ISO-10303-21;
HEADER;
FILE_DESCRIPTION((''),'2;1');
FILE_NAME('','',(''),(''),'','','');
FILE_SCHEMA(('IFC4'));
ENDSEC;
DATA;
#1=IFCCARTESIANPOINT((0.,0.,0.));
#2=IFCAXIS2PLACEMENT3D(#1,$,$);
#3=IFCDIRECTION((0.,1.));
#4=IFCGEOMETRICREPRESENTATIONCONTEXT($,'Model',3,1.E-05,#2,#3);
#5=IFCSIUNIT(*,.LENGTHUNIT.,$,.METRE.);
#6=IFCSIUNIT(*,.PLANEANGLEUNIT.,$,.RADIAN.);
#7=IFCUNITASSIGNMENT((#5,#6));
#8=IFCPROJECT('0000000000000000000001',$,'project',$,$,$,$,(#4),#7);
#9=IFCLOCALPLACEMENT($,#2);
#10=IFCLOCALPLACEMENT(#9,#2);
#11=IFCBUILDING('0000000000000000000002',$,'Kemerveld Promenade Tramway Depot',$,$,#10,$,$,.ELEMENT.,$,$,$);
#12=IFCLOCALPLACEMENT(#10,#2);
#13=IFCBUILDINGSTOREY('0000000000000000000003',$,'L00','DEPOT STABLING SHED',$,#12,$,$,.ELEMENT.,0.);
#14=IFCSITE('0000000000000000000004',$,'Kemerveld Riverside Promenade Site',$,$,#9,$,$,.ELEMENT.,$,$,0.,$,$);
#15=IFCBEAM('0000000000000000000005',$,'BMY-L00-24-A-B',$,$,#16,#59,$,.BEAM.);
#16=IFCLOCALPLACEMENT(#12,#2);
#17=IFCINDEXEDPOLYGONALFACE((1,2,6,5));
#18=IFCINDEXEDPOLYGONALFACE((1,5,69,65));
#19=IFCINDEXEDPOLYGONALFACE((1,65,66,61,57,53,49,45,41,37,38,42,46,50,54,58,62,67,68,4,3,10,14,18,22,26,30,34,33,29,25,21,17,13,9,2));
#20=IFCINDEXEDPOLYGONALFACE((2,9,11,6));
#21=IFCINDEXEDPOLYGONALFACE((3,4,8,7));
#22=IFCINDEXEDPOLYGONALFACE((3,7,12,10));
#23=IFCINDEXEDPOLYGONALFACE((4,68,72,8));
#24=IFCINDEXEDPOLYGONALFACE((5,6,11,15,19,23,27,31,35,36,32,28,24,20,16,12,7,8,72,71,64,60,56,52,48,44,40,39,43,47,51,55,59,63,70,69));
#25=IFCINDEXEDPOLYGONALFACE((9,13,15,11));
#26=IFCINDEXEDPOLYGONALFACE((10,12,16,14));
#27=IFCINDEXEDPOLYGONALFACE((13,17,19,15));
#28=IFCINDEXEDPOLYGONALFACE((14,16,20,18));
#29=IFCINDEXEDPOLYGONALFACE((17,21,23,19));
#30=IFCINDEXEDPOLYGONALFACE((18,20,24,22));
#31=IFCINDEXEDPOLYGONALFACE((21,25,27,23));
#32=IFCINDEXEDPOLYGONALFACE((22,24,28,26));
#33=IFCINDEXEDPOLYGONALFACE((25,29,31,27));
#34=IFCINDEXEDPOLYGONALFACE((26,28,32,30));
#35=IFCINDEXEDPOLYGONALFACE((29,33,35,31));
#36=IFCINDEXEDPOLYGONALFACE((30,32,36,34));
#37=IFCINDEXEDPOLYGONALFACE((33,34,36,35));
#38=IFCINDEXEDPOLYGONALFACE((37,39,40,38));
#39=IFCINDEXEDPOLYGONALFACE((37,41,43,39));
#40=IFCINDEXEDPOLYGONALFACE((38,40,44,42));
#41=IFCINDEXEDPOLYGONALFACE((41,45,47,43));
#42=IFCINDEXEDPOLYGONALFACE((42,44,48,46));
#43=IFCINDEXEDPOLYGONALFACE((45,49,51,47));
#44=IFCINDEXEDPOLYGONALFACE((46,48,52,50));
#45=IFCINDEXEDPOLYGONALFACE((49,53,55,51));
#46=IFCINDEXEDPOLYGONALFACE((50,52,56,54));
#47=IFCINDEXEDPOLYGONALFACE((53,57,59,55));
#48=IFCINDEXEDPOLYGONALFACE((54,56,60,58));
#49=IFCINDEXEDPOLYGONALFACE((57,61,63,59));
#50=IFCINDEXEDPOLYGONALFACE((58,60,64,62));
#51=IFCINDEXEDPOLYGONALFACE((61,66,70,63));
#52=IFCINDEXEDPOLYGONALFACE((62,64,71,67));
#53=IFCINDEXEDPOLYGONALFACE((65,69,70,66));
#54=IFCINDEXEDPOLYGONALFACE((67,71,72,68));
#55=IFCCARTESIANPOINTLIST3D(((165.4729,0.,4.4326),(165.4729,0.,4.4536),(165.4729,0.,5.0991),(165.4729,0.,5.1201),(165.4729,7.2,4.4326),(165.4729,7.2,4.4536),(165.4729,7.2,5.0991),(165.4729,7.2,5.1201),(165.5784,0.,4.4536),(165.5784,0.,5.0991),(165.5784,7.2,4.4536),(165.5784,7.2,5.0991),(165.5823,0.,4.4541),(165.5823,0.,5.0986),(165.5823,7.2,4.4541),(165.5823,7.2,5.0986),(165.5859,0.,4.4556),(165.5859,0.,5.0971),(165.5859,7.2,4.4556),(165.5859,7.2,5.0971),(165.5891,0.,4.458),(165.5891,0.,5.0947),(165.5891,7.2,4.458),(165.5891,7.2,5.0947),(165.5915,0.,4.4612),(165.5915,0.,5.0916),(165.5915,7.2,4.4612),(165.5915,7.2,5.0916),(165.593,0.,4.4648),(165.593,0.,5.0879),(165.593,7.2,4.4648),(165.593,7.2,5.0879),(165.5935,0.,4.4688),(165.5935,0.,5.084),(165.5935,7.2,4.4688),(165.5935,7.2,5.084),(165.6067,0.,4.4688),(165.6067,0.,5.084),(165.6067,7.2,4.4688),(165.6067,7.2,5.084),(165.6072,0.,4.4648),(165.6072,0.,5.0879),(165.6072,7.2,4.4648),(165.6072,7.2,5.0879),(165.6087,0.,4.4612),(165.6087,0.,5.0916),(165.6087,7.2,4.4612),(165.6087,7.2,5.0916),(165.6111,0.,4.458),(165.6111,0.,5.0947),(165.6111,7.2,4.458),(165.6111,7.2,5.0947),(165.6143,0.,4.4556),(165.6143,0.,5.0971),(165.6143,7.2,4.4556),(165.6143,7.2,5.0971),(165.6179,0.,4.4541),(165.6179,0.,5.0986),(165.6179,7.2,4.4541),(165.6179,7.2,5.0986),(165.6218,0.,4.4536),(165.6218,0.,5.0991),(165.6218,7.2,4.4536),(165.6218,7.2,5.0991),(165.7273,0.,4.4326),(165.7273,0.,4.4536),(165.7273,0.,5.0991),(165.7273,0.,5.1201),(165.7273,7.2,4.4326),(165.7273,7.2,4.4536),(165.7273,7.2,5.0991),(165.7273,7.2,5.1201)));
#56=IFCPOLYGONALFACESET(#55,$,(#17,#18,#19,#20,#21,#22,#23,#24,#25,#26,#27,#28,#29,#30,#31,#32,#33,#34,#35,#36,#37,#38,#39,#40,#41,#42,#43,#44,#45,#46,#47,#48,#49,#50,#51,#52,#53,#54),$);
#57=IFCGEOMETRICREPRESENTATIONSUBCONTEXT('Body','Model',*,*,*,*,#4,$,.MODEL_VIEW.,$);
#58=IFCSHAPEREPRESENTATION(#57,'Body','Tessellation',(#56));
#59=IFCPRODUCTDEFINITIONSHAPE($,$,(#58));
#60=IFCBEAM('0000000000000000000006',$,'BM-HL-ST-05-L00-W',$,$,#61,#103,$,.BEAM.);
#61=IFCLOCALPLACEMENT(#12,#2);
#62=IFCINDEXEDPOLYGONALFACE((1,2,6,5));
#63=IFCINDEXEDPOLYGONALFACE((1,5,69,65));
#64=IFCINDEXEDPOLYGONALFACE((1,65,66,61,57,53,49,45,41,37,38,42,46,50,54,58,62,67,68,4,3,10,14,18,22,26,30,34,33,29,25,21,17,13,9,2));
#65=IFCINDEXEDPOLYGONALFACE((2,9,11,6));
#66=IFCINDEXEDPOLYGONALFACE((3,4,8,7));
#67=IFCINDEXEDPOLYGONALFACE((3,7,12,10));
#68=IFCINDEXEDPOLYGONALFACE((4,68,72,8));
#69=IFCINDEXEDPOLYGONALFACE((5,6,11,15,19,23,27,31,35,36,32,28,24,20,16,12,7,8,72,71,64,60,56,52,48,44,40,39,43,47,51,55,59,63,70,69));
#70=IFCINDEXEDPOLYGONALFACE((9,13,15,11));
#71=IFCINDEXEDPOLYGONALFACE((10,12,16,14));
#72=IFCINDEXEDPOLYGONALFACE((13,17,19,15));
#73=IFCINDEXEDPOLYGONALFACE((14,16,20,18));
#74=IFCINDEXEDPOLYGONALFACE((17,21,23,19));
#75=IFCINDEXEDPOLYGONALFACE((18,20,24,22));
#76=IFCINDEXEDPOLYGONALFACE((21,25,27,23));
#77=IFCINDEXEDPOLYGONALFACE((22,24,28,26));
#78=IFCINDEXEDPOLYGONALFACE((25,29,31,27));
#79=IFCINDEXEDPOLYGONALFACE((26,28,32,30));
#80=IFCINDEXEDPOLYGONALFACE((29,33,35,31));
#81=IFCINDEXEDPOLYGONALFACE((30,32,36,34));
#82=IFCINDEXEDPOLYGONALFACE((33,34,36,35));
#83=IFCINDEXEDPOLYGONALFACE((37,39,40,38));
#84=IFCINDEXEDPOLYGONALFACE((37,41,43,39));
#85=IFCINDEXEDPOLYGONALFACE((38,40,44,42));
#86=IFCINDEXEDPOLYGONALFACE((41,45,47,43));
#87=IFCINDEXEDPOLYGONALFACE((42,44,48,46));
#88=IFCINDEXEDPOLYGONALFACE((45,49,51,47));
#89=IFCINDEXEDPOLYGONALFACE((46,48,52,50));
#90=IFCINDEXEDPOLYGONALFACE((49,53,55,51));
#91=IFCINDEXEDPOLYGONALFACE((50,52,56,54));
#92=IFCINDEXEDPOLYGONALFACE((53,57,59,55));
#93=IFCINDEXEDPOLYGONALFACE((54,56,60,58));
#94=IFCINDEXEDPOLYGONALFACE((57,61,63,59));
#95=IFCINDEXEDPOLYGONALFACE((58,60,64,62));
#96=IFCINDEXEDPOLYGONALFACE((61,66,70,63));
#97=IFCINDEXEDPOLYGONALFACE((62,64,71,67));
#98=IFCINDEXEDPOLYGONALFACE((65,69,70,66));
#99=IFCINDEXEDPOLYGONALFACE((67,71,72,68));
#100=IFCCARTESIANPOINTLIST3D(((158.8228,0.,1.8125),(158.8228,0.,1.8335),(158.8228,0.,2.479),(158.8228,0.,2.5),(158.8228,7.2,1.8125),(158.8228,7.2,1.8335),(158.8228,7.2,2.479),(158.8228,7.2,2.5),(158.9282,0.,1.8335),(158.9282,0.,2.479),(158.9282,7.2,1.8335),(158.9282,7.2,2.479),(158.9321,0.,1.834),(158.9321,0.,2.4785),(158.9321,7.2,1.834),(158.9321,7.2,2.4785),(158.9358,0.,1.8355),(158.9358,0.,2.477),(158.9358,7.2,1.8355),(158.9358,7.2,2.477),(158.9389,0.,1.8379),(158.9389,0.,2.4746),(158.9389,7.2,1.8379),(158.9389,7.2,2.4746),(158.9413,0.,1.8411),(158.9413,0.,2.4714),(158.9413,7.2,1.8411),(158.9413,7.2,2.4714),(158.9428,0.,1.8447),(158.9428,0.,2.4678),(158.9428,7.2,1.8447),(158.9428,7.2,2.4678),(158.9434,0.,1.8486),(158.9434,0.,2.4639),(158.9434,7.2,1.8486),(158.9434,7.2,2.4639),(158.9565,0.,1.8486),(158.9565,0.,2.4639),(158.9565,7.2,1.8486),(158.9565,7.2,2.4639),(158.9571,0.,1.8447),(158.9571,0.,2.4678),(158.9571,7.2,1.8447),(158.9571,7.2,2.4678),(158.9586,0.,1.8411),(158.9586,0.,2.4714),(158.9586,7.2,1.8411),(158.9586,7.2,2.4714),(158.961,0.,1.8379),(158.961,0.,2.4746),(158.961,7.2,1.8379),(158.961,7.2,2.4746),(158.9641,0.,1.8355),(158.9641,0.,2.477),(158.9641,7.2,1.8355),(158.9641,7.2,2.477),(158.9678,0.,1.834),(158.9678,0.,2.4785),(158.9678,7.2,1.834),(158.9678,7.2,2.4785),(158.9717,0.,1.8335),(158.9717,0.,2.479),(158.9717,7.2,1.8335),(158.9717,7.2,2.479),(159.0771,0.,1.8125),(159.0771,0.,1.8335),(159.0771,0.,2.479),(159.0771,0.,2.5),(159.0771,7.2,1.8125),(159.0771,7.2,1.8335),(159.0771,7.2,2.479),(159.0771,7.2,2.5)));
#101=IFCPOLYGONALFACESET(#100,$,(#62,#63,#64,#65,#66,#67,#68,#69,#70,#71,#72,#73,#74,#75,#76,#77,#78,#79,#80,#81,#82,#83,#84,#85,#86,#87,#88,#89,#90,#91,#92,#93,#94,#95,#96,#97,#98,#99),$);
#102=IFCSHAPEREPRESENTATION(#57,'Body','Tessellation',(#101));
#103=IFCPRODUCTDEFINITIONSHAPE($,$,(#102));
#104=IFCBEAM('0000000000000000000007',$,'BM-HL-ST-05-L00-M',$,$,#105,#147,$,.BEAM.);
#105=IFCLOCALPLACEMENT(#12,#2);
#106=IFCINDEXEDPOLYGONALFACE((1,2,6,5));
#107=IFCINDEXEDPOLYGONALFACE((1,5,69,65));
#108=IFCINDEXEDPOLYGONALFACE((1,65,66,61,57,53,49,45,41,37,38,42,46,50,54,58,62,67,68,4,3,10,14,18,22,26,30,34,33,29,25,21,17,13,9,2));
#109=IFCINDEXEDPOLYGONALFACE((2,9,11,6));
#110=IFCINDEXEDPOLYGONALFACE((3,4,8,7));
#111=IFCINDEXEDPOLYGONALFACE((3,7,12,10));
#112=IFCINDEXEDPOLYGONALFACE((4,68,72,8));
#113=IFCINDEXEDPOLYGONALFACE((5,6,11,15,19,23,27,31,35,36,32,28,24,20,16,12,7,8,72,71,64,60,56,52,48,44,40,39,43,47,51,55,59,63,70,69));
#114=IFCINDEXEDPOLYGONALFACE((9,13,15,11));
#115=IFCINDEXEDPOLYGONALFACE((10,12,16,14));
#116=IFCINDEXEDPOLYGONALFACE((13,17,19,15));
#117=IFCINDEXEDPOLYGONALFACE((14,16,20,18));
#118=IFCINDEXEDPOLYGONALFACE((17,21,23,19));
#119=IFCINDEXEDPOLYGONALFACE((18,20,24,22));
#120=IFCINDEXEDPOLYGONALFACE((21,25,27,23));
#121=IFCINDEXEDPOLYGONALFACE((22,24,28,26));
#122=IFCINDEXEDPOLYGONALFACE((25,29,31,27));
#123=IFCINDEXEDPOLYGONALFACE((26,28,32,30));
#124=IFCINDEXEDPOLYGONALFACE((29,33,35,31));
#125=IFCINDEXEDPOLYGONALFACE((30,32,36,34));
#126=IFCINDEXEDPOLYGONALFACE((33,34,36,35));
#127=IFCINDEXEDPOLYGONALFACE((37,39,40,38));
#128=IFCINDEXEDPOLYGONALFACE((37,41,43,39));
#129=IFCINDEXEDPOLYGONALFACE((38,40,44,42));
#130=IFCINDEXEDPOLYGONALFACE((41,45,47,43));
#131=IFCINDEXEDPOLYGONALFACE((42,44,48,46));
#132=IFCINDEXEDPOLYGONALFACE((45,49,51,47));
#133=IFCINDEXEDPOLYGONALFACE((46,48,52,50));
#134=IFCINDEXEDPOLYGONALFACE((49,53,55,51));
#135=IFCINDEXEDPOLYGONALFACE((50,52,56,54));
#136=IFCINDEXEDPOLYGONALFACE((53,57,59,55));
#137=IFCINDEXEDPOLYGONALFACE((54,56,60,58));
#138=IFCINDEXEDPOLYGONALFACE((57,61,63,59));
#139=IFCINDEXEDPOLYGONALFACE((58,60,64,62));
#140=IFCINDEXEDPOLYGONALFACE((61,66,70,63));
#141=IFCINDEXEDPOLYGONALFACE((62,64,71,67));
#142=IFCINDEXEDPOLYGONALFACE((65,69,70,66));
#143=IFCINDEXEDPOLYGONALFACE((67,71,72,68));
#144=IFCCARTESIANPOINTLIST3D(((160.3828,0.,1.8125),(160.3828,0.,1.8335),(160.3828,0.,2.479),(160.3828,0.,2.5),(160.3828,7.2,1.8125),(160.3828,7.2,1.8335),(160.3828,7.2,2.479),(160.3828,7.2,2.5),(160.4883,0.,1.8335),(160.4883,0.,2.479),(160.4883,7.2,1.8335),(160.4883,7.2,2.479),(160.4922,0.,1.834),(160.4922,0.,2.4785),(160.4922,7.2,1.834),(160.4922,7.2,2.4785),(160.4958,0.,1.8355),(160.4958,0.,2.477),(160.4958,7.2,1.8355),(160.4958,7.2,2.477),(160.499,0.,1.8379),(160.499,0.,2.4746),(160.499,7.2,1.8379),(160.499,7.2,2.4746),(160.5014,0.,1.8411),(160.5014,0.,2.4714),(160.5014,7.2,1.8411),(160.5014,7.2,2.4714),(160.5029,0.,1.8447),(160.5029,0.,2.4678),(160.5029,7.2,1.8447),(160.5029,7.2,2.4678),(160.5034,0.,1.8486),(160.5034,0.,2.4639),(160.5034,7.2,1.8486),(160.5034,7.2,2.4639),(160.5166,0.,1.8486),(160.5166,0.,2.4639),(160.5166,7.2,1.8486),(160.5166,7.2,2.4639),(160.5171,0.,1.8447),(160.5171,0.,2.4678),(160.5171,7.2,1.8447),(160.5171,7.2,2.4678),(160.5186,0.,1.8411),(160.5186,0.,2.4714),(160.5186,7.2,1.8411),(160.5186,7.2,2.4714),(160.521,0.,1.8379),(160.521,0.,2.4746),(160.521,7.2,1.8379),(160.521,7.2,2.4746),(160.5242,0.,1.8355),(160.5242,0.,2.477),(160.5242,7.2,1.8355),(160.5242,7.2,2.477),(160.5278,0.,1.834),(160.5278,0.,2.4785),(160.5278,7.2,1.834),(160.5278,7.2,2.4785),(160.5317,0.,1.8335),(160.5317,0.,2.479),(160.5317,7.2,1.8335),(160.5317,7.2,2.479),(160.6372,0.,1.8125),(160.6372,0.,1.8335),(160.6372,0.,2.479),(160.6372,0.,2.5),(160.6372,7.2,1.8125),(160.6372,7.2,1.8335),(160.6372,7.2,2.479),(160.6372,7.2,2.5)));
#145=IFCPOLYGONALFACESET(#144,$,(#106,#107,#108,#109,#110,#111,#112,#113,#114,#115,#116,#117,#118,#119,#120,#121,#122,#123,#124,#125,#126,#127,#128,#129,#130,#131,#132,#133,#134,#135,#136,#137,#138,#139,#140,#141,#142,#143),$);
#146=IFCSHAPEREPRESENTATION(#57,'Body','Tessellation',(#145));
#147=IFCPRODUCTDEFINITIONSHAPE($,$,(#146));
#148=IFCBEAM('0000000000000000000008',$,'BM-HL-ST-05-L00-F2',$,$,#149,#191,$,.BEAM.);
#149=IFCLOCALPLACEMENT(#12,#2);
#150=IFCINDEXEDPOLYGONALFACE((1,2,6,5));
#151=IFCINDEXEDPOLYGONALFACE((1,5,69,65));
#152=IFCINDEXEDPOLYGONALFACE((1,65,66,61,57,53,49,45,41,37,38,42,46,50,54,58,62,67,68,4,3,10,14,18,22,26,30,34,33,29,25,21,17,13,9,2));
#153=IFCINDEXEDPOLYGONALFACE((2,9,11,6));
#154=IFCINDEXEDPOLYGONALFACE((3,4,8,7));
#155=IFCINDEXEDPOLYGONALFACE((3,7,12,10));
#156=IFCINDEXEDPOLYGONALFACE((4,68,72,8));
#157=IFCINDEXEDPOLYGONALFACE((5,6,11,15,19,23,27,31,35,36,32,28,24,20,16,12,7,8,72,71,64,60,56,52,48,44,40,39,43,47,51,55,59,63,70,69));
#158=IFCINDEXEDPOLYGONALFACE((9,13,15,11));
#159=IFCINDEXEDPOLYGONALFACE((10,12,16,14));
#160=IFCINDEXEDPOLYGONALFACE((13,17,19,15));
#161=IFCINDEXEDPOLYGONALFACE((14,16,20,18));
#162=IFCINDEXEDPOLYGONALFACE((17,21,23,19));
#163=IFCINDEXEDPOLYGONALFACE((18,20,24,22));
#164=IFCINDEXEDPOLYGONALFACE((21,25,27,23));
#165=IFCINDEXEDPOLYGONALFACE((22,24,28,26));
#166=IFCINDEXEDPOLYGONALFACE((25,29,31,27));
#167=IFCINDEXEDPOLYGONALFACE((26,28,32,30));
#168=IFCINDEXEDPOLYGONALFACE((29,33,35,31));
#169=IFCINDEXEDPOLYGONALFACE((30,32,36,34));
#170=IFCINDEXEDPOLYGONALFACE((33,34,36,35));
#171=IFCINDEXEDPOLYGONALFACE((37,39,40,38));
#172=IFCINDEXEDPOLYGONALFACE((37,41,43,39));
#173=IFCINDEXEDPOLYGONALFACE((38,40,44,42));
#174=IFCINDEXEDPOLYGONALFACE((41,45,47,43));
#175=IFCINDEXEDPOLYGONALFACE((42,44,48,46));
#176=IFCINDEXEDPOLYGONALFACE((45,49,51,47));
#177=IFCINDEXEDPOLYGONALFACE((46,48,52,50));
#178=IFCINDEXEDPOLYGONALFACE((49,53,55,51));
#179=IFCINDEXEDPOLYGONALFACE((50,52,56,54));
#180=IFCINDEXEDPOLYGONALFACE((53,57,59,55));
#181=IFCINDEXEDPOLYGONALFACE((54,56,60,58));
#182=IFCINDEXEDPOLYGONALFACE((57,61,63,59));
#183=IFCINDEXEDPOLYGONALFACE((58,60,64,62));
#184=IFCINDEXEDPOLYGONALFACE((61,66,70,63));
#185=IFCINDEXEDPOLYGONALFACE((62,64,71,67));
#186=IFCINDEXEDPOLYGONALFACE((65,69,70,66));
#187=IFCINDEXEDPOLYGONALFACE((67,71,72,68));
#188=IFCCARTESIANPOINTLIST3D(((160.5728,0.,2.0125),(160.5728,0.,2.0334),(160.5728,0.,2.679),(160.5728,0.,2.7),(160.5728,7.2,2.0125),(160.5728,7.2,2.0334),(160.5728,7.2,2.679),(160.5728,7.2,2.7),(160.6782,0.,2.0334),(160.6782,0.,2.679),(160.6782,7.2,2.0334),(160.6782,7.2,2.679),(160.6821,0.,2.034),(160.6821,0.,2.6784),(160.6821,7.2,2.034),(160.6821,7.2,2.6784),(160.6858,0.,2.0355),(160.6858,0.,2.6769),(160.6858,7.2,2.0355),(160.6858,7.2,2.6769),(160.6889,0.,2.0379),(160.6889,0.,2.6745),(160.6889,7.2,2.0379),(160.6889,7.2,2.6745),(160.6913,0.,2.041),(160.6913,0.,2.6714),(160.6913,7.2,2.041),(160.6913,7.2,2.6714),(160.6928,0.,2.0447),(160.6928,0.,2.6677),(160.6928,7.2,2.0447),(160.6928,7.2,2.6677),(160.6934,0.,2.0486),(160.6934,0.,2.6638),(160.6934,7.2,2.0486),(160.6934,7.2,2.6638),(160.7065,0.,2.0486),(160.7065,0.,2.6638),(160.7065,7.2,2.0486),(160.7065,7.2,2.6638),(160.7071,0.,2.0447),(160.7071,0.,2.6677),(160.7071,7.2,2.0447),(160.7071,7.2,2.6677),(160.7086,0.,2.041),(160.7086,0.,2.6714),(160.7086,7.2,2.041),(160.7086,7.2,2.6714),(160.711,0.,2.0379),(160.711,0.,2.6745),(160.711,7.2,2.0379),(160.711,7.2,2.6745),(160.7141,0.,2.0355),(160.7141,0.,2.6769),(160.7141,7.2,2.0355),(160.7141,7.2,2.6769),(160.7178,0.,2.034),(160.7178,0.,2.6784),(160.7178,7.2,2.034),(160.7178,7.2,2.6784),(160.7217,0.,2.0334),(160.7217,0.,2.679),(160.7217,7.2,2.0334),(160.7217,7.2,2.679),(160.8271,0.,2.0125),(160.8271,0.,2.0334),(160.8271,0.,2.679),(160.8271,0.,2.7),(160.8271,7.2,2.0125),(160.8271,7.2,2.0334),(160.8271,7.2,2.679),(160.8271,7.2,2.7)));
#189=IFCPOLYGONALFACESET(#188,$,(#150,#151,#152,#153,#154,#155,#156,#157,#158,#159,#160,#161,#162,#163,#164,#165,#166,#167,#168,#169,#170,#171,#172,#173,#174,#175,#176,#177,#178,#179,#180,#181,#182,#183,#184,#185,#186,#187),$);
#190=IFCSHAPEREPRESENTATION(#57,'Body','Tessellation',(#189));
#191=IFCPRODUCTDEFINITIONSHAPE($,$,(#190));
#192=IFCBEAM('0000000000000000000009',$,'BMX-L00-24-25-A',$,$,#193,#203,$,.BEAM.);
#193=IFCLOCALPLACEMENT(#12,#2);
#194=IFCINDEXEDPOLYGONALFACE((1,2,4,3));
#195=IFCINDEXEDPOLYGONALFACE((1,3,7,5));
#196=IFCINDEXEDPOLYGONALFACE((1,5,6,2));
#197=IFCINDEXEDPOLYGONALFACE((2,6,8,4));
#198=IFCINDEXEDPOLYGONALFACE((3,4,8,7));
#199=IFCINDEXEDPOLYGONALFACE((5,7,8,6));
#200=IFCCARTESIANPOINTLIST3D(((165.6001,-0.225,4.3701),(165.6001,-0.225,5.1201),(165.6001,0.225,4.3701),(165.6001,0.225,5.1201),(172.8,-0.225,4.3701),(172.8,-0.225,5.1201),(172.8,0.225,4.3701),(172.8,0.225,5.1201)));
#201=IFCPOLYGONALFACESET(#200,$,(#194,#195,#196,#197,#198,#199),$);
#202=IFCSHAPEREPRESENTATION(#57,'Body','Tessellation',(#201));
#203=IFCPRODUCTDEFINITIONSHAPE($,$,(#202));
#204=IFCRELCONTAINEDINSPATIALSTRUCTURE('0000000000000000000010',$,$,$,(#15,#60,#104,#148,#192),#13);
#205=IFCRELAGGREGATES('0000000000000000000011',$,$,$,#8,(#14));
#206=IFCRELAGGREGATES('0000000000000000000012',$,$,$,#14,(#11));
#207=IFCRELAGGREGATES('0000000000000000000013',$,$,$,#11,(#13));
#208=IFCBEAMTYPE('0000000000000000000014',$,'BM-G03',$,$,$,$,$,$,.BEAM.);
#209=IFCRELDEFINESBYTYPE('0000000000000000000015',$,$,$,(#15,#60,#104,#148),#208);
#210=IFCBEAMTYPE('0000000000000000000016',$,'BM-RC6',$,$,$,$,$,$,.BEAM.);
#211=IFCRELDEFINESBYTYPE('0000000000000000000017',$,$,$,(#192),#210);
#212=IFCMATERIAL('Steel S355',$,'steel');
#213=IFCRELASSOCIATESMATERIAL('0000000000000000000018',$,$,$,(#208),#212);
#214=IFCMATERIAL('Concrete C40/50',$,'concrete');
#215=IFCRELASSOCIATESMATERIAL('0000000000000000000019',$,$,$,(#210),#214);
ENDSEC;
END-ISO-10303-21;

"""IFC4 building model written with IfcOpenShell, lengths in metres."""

from ifc_helpers import new_model, si_unit, direction, frame, origin, origin_2d, place, context, subcontext, project, spatial, rectangle, i_section, extrude, material, material_profile, profile_set, type_object, element, save


model = new_model("IFC4")

# Units and contexts
model_context = context("Model", 3, precision=1e-05, world=origin(), true_north=direction((0.0, 1.0)))
body_context = subcontext(model_context, "Body", "Model", "MODEL_VIEW")
ifc_project = project(units=[si_unit("LENGTHUNIT", "METRE"), si_unit("PLANEANGLEUNIT", "RADIAN")], contexts=[model_context])

# Site, building, storey
site_placement = place(None, origin())
site = spatial("IfcSite", under=ifc_project, at=site_placement, Name="Kemerveld Riverside Promenade Site", CompositionType="ELEMENT", RefElevation=0.0)
building_placement = place(site_placement, origin())
building = spatial("IfcBuilding", under=site, at=building_placement, Name="Kemerveld Promenade Tramway Depot", CompositionType="ELEMENT")
storey_placement = place(building_placement, origin())
storey = spatial("IfcBuildingStorey", under=building, at=storey_placement, Name="L00", Description="DEPOT STABLING SHED", CompositionType="ELEMENT", Elevation=0.0)

# Shared definitions
ifc_material_1 = material(Name="Steel S355", Category="steel")

# Beams
ifc_material_profile_1 = material_profile(ifc_material_1, i_section(OverallWidth=0.2544, OverallDepth=0.6875, WebThickness=0.0132, FlangeThickness=0.021, FilletRadius=0.0151, at=origin_2d()), Name="686x254x152 UB")
ifc_profile_set_1 = profile_set([ifc_material_profile_1], Name="Steel S355")
beam_type_1 = type_object("IfcBeamType", Name="BM-G03", PredefinedType="BEAM", material=ifc_profile_set_1)
for number, where, z_axis, x_axis, name in (
    (1, (165.6001, 0.0, 4.7764), (0.0, 1.0, 0.0), (-1.0, 0.0, 0.0), "BMY-L00-24-A-B"),
    (2, (158.95, 0.0, 2.1562), (0.0, 1.0, 0.0), (-1.0, 0.0, 0.0), "BM-HL-ST-05-L00-W"),
    (3, (160.51, 0.0, 2.1562), (0.0, 1.0, 0.0), (-1.0, 0.0, 0.0), "BM-HL-ST-05-L00-M"),
    (4, (160.7, 0.0, 2.3562), (0.0, 1.0, 0.0), (-1.0, 0.0, 0.0), "BM-HL-ST-05-L00-F2"),
):
    element("IfcBeam", number, at=place(storey_placement, frame(where, z_axis=z_axis, x_axis=x_axis)), inside=storey, type_object=beam_type_1, Name=name, PredefinedType="BEAM", context=body_context, shape_type="SweptSolid", body=[
        extrude(i_section(OverallWidth=0.2544, OverallDepth=0.6875, WebThickness=0.0132, FlangeThickness=0.021, FilletRadius=0.0151, at=origin_2d()), origin(), (0.0, 0.0, 1.0), 7.2),
    ])
ifc_material_2 = material(Name="Concrete C40/50", Category="concrete")
ifc_material_profile_2 = material_profile(ifc_material_2, rectangle(XDim=0.45, YDim=0.75, at=origin_2d()), Name="RC-BM-450x750")
ifc_profile_set_2 = profile_set([ifc_material_profile_2], Name="Concrete C40/50")
beam_type_2 = type_object("IfcBeamType", Name="BM-RC6", PredefinedType="BEAM", material=ifc_profile_set_2)
beam_placement = place(storey_placement, frame((165.6001, 0.0, 4.7451), z_axis=(1.0, 0.0, 0.0), x_axis=(0.0, 1.0, 0.0)))
element("IfcBeam", 5, at=beam_placement, inside=storey, type_object=beam_type_2, Name="BMX-L00-24-25-A", PredefinedType="BEAM", context=body_context, shape_type="SweptSolid", body=[
    extrude(rectangle(XDim=0.45, YDim=0.75, at=origin_2d()), origin(), (0.0, 0.0, 1.0), 7.2),
])

save(model, "model.ifc")
